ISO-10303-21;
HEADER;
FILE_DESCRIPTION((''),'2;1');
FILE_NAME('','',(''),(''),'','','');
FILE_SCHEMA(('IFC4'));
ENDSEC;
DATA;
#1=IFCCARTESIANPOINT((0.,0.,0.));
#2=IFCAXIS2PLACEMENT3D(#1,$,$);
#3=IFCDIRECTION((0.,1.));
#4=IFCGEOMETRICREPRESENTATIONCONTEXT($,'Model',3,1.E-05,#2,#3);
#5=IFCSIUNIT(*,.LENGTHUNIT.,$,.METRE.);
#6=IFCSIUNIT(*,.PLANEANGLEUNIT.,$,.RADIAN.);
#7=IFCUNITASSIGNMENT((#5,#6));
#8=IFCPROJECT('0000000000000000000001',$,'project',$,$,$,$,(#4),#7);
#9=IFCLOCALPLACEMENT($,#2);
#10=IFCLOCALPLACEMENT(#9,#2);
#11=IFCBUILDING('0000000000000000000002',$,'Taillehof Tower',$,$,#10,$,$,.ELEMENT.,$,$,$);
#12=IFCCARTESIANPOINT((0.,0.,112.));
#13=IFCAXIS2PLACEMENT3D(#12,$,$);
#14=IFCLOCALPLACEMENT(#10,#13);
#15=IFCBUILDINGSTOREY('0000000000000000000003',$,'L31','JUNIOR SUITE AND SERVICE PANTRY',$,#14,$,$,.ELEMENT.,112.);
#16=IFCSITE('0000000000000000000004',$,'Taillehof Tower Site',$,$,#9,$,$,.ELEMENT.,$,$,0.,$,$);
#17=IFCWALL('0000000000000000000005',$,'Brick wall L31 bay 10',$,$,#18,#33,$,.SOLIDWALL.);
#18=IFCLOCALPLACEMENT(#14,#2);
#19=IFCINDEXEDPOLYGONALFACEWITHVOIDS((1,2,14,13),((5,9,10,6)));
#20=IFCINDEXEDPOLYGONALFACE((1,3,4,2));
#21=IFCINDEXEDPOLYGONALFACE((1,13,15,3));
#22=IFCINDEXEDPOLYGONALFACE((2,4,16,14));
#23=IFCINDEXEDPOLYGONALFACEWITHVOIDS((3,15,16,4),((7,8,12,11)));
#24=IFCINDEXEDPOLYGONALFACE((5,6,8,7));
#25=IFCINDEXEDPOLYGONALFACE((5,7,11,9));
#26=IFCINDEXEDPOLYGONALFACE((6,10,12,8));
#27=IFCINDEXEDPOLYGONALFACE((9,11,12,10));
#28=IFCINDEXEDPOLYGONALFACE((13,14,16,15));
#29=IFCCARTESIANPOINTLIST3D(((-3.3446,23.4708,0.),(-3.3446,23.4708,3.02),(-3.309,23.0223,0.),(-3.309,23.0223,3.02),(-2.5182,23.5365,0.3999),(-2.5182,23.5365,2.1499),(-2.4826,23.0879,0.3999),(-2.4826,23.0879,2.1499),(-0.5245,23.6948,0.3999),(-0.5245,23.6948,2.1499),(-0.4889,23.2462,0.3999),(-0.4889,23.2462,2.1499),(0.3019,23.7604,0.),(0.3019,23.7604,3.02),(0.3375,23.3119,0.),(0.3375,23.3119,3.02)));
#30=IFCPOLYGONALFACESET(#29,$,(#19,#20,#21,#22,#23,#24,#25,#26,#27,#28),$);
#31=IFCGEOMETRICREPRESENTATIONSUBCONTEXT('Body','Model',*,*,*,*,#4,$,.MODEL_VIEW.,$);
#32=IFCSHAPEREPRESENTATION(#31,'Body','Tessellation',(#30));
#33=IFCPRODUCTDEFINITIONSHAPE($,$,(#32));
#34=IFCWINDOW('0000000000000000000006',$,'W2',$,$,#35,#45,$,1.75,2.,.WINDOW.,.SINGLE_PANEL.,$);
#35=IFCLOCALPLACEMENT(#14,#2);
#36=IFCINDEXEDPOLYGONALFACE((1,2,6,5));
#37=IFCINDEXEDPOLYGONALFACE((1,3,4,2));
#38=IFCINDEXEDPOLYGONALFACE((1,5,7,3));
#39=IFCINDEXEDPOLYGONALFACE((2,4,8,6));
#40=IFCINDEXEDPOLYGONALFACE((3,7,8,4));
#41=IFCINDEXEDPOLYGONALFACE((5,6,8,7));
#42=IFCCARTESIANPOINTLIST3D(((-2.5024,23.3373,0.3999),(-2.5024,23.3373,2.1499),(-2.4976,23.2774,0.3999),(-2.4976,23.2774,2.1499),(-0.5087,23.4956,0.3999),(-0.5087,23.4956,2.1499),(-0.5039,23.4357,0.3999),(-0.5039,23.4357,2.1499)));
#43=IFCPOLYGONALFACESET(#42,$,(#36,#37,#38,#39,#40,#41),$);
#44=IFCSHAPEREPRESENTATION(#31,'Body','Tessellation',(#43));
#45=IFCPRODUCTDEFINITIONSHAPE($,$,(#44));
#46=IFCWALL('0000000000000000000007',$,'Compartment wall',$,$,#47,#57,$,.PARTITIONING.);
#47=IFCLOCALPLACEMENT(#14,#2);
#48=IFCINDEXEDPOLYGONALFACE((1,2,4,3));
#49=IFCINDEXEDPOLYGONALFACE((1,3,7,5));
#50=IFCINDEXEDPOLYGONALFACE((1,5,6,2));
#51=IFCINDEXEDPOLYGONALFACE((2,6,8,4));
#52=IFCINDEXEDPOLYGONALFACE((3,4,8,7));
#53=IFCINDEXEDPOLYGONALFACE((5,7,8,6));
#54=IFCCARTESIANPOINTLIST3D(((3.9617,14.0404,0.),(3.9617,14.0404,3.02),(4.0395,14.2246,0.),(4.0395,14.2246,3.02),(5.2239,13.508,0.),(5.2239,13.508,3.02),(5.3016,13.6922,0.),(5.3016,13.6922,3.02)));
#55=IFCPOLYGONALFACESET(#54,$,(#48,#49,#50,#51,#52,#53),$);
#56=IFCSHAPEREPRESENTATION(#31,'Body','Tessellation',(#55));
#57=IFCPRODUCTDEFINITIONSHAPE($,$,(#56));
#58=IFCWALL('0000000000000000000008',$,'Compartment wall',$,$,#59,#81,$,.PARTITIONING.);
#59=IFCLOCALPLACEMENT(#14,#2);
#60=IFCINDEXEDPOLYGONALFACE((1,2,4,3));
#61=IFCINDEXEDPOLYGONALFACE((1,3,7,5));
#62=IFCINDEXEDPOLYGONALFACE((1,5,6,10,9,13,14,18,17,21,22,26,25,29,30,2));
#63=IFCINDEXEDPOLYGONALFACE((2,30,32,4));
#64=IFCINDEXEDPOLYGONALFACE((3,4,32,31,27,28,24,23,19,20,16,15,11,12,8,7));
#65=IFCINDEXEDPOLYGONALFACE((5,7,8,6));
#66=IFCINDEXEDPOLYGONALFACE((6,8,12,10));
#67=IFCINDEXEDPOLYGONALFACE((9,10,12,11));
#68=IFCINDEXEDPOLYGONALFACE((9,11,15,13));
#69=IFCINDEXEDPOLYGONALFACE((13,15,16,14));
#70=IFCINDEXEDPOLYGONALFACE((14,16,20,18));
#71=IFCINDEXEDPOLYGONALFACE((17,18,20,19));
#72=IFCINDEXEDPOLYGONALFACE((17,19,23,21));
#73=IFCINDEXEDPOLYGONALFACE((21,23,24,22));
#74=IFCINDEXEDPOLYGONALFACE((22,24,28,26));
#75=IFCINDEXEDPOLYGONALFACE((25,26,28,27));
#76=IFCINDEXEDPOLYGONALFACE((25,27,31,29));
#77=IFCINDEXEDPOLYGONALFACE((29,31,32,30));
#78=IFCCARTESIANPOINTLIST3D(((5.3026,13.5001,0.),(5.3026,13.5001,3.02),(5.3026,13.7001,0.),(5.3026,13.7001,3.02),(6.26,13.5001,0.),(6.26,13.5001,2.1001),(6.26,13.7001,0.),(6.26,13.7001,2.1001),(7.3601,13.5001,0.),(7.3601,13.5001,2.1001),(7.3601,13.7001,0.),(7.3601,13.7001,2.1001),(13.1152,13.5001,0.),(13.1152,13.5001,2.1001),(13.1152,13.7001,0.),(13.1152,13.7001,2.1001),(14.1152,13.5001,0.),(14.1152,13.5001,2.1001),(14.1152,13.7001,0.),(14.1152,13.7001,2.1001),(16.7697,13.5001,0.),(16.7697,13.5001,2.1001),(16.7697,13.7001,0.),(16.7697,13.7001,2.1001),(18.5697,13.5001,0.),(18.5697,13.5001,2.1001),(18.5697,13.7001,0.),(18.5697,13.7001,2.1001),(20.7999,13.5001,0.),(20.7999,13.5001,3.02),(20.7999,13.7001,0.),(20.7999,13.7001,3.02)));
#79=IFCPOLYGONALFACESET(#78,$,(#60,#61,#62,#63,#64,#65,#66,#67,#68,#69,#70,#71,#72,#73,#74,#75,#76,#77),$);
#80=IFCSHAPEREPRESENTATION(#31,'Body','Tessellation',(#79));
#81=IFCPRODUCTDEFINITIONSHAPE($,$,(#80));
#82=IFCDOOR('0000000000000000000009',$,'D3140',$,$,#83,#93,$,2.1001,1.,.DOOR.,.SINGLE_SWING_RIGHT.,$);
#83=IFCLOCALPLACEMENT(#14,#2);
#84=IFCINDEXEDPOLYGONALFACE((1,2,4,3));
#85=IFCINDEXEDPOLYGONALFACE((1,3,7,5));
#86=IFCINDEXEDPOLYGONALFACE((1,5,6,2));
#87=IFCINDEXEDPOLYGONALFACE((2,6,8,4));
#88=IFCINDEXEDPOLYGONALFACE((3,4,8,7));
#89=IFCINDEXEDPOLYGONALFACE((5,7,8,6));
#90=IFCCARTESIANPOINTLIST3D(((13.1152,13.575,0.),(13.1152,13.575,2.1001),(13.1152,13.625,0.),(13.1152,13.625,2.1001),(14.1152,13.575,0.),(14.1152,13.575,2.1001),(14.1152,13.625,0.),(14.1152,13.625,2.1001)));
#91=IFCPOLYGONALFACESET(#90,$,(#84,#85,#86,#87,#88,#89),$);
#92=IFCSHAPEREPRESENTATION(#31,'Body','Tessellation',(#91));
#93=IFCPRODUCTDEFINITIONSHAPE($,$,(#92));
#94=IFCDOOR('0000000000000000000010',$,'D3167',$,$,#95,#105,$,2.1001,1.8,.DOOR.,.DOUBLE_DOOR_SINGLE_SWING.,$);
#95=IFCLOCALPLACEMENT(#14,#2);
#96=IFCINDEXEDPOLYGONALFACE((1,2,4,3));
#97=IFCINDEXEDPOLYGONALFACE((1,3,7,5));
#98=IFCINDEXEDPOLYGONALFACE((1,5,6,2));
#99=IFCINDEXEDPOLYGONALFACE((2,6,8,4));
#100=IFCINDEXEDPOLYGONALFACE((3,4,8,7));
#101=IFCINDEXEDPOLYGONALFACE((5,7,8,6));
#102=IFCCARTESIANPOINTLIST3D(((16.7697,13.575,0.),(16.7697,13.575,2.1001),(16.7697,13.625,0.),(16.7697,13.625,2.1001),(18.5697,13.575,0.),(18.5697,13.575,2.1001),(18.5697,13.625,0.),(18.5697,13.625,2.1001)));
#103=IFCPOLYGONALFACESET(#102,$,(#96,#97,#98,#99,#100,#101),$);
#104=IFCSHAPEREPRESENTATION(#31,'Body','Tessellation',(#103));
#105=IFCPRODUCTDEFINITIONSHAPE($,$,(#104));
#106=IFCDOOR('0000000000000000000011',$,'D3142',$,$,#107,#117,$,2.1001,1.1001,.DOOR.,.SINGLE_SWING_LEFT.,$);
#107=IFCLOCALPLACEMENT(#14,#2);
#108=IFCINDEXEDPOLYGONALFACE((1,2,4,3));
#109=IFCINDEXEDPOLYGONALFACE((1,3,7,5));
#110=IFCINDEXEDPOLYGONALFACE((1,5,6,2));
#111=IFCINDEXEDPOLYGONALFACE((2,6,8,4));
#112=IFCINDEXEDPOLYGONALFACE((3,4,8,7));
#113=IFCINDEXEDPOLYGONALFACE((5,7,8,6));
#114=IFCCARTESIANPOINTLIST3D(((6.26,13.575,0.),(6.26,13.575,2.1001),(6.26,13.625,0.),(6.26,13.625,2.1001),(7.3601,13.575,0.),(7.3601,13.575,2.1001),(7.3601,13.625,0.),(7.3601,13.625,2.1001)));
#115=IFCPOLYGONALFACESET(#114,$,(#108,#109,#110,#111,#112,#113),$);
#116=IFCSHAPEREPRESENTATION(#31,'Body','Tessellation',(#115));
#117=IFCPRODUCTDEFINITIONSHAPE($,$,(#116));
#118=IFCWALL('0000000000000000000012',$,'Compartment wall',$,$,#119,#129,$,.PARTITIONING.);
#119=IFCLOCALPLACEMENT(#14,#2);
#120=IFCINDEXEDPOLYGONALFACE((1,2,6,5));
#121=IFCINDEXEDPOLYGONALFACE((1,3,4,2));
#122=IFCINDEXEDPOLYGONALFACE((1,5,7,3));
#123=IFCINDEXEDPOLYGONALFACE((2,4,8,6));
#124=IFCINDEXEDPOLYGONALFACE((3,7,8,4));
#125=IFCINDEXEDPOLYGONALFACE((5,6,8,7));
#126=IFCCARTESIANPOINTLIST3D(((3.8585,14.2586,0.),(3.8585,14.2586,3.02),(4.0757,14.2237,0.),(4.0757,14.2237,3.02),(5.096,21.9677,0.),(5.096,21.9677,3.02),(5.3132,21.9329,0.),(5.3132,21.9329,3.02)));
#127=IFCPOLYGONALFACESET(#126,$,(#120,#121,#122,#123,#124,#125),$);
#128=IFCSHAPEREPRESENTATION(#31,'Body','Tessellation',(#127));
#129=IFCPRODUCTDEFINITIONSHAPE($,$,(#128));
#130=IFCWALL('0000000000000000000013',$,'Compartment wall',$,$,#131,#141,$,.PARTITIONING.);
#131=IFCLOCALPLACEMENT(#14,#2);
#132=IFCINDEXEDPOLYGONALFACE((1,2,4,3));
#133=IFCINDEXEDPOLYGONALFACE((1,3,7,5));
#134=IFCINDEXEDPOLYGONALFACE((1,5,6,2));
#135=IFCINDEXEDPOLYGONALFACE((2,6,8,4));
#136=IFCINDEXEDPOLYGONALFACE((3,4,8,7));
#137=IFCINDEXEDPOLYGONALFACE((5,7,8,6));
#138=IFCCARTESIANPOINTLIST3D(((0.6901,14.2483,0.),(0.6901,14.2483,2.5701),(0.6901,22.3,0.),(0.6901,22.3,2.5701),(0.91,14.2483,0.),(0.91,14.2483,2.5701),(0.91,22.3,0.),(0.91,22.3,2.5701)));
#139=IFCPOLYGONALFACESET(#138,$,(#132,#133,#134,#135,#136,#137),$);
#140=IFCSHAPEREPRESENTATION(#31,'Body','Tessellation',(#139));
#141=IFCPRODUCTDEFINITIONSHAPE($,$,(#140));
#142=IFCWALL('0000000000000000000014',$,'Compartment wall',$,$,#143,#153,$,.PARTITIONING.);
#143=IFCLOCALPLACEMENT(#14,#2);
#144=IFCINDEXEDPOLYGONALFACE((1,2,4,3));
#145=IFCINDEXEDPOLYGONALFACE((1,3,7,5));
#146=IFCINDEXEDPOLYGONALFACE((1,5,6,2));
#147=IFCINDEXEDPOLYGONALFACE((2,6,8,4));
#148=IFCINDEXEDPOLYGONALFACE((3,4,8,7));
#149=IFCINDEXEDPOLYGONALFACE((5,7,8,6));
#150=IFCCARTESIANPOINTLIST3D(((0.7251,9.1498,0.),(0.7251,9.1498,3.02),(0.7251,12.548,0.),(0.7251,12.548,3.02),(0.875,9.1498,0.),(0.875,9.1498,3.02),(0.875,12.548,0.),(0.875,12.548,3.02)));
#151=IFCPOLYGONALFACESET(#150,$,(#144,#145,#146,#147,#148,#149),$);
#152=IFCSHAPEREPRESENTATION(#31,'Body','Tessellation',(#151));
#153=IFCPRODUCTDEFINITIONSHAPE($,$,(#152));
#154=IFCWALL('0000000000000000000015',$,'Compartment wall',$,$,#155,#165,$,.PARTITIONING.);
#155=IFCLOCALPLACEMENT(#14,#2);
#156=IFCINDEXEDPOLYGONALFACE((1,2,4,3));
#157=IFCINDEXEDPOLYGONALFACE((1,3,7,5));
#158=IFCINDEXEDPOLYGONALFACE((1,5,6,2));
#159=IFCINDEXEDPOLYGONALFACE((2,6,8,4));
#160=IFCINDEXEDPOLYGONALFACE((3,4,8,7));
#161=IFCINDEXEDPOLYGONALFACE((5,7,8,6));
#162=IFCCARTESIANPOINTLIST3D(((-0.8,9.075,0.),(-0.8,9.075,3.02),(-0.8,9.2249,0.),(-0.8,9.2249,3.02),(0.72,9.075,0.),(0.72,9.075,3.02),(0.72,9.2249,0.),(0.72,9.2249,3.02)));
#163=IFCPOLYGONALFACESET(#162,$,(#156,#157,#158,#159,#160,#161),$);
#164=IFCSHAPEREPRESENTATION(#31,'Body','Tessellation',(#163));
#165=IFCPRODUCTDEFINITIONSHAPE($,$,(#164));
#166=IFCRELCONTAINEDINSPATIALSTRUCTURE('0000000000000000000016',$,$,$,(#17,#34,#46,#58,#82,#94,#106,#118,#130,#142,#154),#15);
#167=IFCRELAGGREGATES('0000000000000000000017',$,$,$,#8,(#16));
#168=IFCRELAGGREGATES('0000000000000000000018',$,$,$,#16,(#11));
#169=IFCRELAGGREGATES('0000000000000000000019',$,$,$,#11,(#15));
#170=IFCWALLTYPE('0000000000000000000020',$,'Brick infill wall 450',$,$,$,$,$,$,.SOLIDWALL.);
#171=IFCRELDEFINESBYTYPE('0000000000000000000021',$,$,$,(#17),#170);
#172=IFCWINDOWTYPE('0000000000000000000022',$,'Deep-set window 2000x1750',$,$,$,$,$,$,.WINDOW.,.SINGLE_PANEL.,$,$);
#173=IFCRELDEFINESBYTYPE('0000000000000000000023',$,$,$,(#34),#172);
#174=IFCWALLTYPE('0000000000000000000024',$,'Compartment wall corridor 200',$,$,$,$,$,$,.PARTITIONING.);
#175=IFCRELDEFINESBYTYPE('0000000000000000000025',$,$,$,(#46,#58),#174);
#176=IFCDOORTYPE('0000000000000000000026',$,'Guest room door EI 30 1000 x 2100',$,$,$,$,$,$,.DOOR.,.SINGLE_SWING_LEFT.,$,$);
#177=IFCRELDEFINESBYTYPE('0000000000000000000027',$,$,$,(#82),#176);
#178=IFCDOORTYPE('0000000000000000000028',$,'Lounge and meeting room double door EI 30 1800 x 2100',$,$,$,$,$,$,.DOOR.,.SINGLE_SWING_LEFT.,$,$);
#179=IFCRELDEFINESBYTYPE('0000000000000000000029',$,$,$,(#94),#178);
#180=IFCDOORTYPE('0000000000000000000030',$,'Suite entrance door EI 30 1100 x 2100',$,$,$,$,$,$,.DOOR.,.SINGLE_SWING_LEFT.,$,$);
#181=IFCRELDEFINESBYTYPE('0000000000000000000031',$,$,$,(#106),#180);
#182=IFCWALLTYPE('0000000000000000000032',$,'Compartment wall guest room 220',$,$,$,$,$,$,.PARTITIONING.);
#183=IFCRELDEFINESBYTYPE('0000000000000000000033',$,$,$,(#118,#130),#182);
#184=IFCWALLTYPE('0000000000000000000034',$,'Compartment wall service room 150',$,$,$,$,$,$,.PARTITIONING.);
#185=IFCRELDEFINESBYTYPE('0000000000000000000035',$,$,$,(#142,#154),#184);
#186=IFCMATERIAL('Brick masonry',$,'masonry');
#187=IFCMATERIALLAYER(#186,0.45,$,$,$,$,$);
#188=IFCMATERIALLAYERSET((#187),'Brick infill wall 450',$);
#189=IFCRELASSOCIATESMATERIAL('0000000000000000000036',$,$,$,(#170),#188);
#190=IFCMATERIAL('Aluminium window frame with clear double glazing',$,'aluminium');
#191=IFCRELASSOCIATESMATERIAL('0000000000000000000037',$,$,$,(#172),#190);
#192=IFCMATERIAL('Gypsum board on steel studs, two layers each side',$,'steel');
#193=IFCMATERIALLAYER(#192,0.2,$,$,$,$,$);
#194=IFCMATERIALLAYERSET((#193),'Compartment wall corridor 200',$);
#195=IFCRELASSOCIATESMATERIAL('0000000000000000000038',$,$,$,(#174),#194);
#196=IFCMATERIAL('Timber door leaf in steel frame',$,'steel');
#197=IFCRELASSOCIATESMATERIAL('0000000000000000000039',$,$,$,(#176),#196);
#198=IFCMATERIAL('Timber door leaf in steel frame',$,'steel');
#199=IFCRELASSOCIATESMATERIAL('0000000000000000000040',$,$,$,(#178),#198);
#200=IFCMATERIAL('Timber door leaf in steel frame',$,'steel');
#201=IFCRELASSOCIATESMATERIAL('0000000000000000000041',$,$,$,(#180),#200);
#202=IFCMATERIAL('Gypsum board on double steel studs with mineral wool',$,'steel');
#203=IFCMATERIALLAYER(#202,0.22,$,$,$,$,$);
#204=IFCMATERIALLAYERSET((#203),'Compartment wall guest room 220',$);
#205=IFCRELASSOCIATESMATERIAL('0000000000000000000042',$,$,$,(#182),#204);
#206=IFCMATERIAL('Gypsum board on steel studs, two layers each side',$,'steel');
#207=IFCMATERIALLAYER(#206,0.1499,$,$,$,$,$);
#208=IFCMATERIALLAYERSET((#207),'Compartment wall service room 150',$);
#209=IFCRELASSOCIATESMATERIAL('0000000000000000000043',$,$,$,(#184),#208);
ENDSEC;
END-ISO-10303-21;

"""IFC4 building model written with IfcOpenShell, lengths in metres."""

from ifc_helpers import new_model, si_unit, direction, frame, frame_2d, origin, place, context, subcontext, project, spatial, rectangle, extrude, material, layer, layer_set, type_object, element, fill, save


model = new_model("IFC4")

# Units and contexts
model_context = context("Model", 3, precision=1e-05, world=origin(), true_north=direction((0.0, 1.0)))
body_context = subcontext(model_context, "Body", "Model", "MODEL_VIEW")
ifc_project = project(units=[si_unit("LENGTHUNIT", "METRE"), si_unit("PLANEANGLEUNIT", "RADIAN")], contexts=[model_context])

# Site, building, storey
site_placement = place(None, origin())
site = spatial("IfcSite", under=ifc_project, at=site_placement, Name="Taillehof Tower Site", CompositionType="ELEMENT", RefElevation=0.0)
building_placement = place(site_placement, origin())
building = spatial("IfcBuilding", under=site, at=building_placement, Name="Taillehof Tower", CompositionType="ELEMENT")
storey_placement = place(building_placement, frame((0.0, 0.0, 112.0)))
storey = spatial("IfcBuildingStorey", under=building, at=storey_placement, Name="L31", Description="JUNIOR SUITE AND SERVICE PANTRY", CompositionType="ELEMENT", Elevation=112.0)

# Wall, opening, window
ifc_material_1 = material(Name="Brick masonry", Category="masonry")
ifc_layer_1 = layer(ifc_material_1, 0.45)
ifc_layer_set_1 = layer_set([ifc_layer_1], Name="Brick infill wall 450")
wall_type_1 = type_object("IfcWallType", Name="Brick infill wall 450", PredefinedType="SOLIDWALL", material=ifc_layer_set_1)
ifc_material_2 = material(Name="Aluminium window frame with clear double glazing", Category="aluminium")
window_type = type_object("IfcWindowType", Name="Deep-set window 2000x1750", PartitioningType="SINGLE_PANEL", PredefinedType="WINDOW", material=ifc_material_2)
wall_1_placement = place(storey_placement, frame((0.3198, 23.5361, 0.0), z_axis=(0.0, 0.0, 1.0), x_axis=(-0.996862, -0.079156, 0.0)))
wall_1 = element("IfcWall", 1, at=wall_1_placement, inside=storey, type_object=wall_type_1, Name="Brick wall L31 bay 10", PredefinedType="SOLIDWALL", context=body_context, shape_type="SweptSolid", body=[
    extrude(rectangle(XDim=3.658, YDim=0.45, at=frame_2d((1.8291, 0.0))), origin(), (0.0, 0.0, 1.0), 3.02),
])
opening_1_placement = place(wall_1_placement, frame((0.8291, 0.0, 0.3999)))
opening_1 = element("IfcOpeningElement", 2, at=opening_1_placement, cuts=wall_1, PredefinedType="OPENING", context=body_context, shape_type="SweptSolid", body=[
    extrude(rectangle(XDim=2.0, YDim=1.75, at=frame_2d((1.0, 0.875))), frame((0.0, 0.2349, 0.0), z_axis=(0.0, -1.0, 0.0), x_axis=(1.0, 0.0, 0.0)), (0.0, 0.0, 1.0), 0.47),
])
window_1_placement = place(opening_1_placement, origin())
window_1 = element("IfcWindow", 3, at=window_1_placement, inside=storey, type_object=window_type, Name="W2", OverallHeight=1.75, OverallWidth=2.0, PartitioningType="SINGLE_PANEL", PredefinedType="WINDOW", context=body_context, shape_type="SweptSolid", body=[
    extrude(rectangle(XDim=2.0, YDim=1.75, at=frame_2d((1.0, 0.875))), frame((0.0, 0.0349, 0.0), z_axis=(0.0, -1.0, 0.0), x_axis=(1.0, 0.0, 0.0)), (0.0, 0.0, 1.0), 0.0601),
])
fill(opening_1, window_1)

# Wall
ifc_material_3 = material(Name="Gypsum board on steel studs, two layers each side", Category="steel")
ifc_layer_2 = layer(ifc_material_3, 0.2)
ifc_layer_set_2 = layer_set([ifc_layer_2], Name="Compartment wall corridor 200")
wall_type_2 = type_object("IfcWallType", Name="Compartment wall corridor 200", PredefinedType="PARTITIONING", material=ifc_layer_set_2)
wall_2_placement = place(storey_placement, frame((4.0005, 14.1326, 0.0), z_axis=(0.0, 0.0, 1.0), x_axis=(0.92137, -0.388686, 0.0)))
element("IfcWall", 4, at=wall_2_placement, inside=storey, type_object=wall_type_2, Name="Compartment wall", PredefinedType="PARTITIONING", context=body_context, shape_type="SweptSolid", body=[
    extrude(rectangle(XDim=1.3699, YDim=0.2, at=frame_2d((0.6851, 0.0))), origin(), (0.0, 0.0, 1.0), 3.02),
])

# Wall, openings, doors
wall_3_placement = place(storey_placement, frame((5.3027, 13.6001, 0.0), z_axis=(0.0, 0.0, 1.0), x_axis=(1.0, 0.0, 0.0)))
wall_3 = element("IfcWall", 5, at=wall_3_placement, inside=storey, type_object=wall_type_2, Name="Compartment wall", PredefinedType="PARTITIONING", context=body_context, shape_type="SweptSolid", body=[
    extrude(rectangle(XDim=15.4973, YDim=0.2, at=frame_2d((7.7485, 0.0))), origin(), (0.0, 0.0, 1.0), 3.02),
])
opening_2_placement = place(wall_3_placement, frame((7.8125, 0.0, 0.0)))
opening_2 = element("IfcOpeningElement", 6, at=opening_2_placement, cuts=wall_3, PredefinedType="OPENING", context=body_context, shape_type="SweptSolid", body=[
    extrude(rectangle(XDim=1.0, YDim=2.1001, at=frame_2d((0.5, 1.05))), frame((0.0, 0.1099, 0.0), z_axis=(0.0, -1.0, 0.0), x_axis=(1.0, 0.0, 0.0)), (0.0, 0.0, 1.0), 0.22),
])
opening_3_placement = place(wall_3_placement, frame((0.9573, 0.0, 0.0)))
opening_3 = element("IfcOpeningElement", 7, at=opening_3_placement, cuts=wall_3, PredefinedType="OPENING", context=body_context, shape_type="SweptSolid", body=[
    extrude(rectangle(XDim=1.1001, YDim=2.1001, at=frame_2d((0.55, 1.05))), frame((0.0, 0.1099, 0.0), z_axis=(0.0, -1.0, 0.0), x_axis=(1.0, 0.0, 0.0)), (0.0, 0.0, 1.0), 0.22),
])
opening_4_placement = place(wall_3_placement, frame((11.467, 0.0, 0.0)))
opening_4 = element("IfcOpeningElement", 8, at=opening_4_placement, cuts=wall_3, PredefinedType="OPENING", context=body_context, shape_type="SweptSolid", body=[
    extrude(rectangle(XDim=1.8, YDim=2.1001, at=frame_2d((0.8999, 1.05))), frame((0.0, 0.1099, 0.0), z_axis=(0.0, -1.0, 0.0), x_axis=(1.0, 0.0, 0.0)), (0.0, 0.0, 1.0), 0.22),
])
ifc_material_4 = material(Name="Timber door leaf in steel frame", Category="steel")
door_type_1 = type_object("IfcDoorType", Name="Guest room door EI 30 1000 x 2100", OperationType="SINGLE_SWING_LEFT", PredefinedType="DOOR", material=ifc_material_4)
door_1_placement = place(opening_2_placement, origin())
door_1 = element("IfcDoor", 9, at=door_1_placement, inside=storey, type_object=door_type_1, Name="D3140", OperationType="SINGLE_SWING_RIGHT", OverallHeight=2.1001, OverallWidth=1.0, PredefinedType="DOOR", context=body_context, shape_type="SweptSolid", body=[
    extrude(rectangle(XDim=1.0, YDim=2.1001, at=frame_2d((0.5, 1.05))), frame((0.0, 0.0249, 0.0), z_axis=(0.0, -1.0, 0.0), x_axis=(1.0, 0.0, 0.0)), (0.0, 0.0, 1.0), 0.05),
])
fill(opening_2, door_1)
ifc_material_5 = material(Name="Timber door leaf in steel frame", Category="steel")
door_type_2 = type_object("IfcDoorType", Name="Lounge and meeting room double door EI 30 1800 x 2100", OperationType="SINGLE_SWING_LEFT", PredefinedType="DOOR", material=ifc_material_5)
door_2_placement = place(opening_4_placement, origin())
door_2 = element("IfcDoor", 10, at=door_2_placement, inside=storey, type_object=door_type_2, Name="D3167", OperationType="DOUBLE_DOOR_SINGLE_SWING", OverallHeight=2.1001, OverallWidth=1.8, PredefinedType="DOOR", context=body_context, shape_type="SweptSolid", body=[
    extrude(rectangle(XDim=1.8, YDim=2.1001, at=frame_2d((0.8999, 1.05))), frame((0.0, 0.0249, 0.0), z_axis=(0.0, -1.0, 0.0), x_axis=(1.0, 0.0, 0.0)), (0.0, 0.0, 1.0), 0.05),
])
fill(opening_4, door_2)
ifc_material_6 = material(Name="Timber door leaf in steel frame", Category="steel")
door_type_3 = type_object("IfcDoorType", Name="Suite entrance door EI 30 1100 x 2100", OperationType="SINGLE_SWING_LEFT", PredefinedType="DOOR", material=ifc_material_6)
door_3_placement = place(opening_3_placement, origin())
door_3 = element("IfcDoor", 11, at=door_3_placement, inside=storey, type_object=door_type_3, Name="D3142", OperationType="SINGLE_SWING_LEFT", OverallHeight=2.1001, OverallWidth=1.1001, PredefinedType="DOOR", context=body_context, shape_type="SweptSolid", body=[
    extrude(rectangle(XDim=1.1001, YDim=2.1001, at=frame_2d((0.55, 1.05))), frame((0.0, 0.0249, 0.0), z_axis=(0.0, -1.0, 0.0), x_axis=(1.0, 0.0, 0.0)), (0.0, 0.0, 1.0), 0.05),
])
fill(opening_3, door_3)

# Walls
ifc_material_7 = material(Name="Gypsum board on double steel studs with mineral wool", Category="steel")
ifc_layer_3 = layer(ifc_material_7, 0.22)
ifc_layer_set_3 = layer_set([ifc_layer_3], Name="Compartment wall guest room 220")
wall_type_3 = type_object("IfcWallType", Name="Compartment wall guest room 220", PredefinedType="PARTITIONING", material=ifc_layer_set_3)
wall_4_placement = place(storey_placement, frame((5.2046, 21.9502, 0.0), z_axis=(0.0, 0.0, 1.0), x_axis=(-0.158499, -0.987359, 0.0)))
element("IfcWall", 12, at=wall_4_placement, inside=storey, type_object=wall_type_3, Name="Compartment wall", PredefinedType="PARTITIONING", context=body_context, shape_type="SweptSolid", body=[
    extrude(rectangle(XDim=7.8079, YDim=0.22, at=frame_2d((3.9038, 0.0))), origin(), (0.0, 0.0, 1.0), 3.02),
])
wall_5_placement = place(storey_placement, frame((0.8, 22.3, 0.0), z_axis=(0.0, 0.0, 1.0), x_axis=(0.0, -1.0, 0.0)))
element("IfcWall", 13, at=wall_5_placement, inside=storey, type_object=wall_type_3, Name="Compartment wall", PredefinedType="PARTITIONING", context=body_context, shape_type="SweptSolid", body=[
    extrude(rectangle(XDim=8.0518, YDim=0.22, at=frame_2d((4.0259, 0.0))), origin(), (0.0, 0.0, 1.0), 2.5701),
])
ifc_material_8 = material(Name="Gypsum board on steel studs, two layers each side", Category="steel")
ifc_layer_4 = layer(ifc_material_8, 0.1499)
ifc_layer_set_4 = layer_set([ifc_layer_4], Name="Compartment wall service room 150")
wall_type_4 = type_object("IfcWallType", Name="Compartment wall service room 150", PredefinedType="PARTITIONING", material=ifc_layer_set_4)
wall_6_placement = place(storey_placement, frame((0.8, 12.5481, 0.0), z_axis=(0.0, 0.0, 1.0), x_axis=(0.0, -1.0, 0.0)))
element("IfcWall", 14, at=wall_6_placement, inside=storey, type_object=wall_type_4, Name="Compartment wall", PredefinedType="PARTITIONING", context=body_context, shape_type="SweptSolid", body=[
    extrude(rectangle(XDim=3.3982, YDim=0.1499, at=frame_2d((1.6992, 0.0))), origin(), (0.0, 0.0, 1.0), 3.02),
])
wall_7_placement = place(storey_placement, frame((0.72, 9.1499, 0.0), z_axis=(0.0, 0.0, 1.0), x_axis=(-1.0, 0.0, 0.0)))
element("IfcWall", 15, at=wall_7_placement, inside=storey, type_object=wall_type_4, Name="Compartment wall", PredefinedType="PARTITIONING", context=body_context, shape_type="SweptSolid", body=[
    extrude(rectangle(XDim=1.52, YDim=0.1499, at=frame_2d((0.76, 0.0))), origin(), (0.0, 0.0, 1.0), 3.02),
])

save(model, "model.ifc")
